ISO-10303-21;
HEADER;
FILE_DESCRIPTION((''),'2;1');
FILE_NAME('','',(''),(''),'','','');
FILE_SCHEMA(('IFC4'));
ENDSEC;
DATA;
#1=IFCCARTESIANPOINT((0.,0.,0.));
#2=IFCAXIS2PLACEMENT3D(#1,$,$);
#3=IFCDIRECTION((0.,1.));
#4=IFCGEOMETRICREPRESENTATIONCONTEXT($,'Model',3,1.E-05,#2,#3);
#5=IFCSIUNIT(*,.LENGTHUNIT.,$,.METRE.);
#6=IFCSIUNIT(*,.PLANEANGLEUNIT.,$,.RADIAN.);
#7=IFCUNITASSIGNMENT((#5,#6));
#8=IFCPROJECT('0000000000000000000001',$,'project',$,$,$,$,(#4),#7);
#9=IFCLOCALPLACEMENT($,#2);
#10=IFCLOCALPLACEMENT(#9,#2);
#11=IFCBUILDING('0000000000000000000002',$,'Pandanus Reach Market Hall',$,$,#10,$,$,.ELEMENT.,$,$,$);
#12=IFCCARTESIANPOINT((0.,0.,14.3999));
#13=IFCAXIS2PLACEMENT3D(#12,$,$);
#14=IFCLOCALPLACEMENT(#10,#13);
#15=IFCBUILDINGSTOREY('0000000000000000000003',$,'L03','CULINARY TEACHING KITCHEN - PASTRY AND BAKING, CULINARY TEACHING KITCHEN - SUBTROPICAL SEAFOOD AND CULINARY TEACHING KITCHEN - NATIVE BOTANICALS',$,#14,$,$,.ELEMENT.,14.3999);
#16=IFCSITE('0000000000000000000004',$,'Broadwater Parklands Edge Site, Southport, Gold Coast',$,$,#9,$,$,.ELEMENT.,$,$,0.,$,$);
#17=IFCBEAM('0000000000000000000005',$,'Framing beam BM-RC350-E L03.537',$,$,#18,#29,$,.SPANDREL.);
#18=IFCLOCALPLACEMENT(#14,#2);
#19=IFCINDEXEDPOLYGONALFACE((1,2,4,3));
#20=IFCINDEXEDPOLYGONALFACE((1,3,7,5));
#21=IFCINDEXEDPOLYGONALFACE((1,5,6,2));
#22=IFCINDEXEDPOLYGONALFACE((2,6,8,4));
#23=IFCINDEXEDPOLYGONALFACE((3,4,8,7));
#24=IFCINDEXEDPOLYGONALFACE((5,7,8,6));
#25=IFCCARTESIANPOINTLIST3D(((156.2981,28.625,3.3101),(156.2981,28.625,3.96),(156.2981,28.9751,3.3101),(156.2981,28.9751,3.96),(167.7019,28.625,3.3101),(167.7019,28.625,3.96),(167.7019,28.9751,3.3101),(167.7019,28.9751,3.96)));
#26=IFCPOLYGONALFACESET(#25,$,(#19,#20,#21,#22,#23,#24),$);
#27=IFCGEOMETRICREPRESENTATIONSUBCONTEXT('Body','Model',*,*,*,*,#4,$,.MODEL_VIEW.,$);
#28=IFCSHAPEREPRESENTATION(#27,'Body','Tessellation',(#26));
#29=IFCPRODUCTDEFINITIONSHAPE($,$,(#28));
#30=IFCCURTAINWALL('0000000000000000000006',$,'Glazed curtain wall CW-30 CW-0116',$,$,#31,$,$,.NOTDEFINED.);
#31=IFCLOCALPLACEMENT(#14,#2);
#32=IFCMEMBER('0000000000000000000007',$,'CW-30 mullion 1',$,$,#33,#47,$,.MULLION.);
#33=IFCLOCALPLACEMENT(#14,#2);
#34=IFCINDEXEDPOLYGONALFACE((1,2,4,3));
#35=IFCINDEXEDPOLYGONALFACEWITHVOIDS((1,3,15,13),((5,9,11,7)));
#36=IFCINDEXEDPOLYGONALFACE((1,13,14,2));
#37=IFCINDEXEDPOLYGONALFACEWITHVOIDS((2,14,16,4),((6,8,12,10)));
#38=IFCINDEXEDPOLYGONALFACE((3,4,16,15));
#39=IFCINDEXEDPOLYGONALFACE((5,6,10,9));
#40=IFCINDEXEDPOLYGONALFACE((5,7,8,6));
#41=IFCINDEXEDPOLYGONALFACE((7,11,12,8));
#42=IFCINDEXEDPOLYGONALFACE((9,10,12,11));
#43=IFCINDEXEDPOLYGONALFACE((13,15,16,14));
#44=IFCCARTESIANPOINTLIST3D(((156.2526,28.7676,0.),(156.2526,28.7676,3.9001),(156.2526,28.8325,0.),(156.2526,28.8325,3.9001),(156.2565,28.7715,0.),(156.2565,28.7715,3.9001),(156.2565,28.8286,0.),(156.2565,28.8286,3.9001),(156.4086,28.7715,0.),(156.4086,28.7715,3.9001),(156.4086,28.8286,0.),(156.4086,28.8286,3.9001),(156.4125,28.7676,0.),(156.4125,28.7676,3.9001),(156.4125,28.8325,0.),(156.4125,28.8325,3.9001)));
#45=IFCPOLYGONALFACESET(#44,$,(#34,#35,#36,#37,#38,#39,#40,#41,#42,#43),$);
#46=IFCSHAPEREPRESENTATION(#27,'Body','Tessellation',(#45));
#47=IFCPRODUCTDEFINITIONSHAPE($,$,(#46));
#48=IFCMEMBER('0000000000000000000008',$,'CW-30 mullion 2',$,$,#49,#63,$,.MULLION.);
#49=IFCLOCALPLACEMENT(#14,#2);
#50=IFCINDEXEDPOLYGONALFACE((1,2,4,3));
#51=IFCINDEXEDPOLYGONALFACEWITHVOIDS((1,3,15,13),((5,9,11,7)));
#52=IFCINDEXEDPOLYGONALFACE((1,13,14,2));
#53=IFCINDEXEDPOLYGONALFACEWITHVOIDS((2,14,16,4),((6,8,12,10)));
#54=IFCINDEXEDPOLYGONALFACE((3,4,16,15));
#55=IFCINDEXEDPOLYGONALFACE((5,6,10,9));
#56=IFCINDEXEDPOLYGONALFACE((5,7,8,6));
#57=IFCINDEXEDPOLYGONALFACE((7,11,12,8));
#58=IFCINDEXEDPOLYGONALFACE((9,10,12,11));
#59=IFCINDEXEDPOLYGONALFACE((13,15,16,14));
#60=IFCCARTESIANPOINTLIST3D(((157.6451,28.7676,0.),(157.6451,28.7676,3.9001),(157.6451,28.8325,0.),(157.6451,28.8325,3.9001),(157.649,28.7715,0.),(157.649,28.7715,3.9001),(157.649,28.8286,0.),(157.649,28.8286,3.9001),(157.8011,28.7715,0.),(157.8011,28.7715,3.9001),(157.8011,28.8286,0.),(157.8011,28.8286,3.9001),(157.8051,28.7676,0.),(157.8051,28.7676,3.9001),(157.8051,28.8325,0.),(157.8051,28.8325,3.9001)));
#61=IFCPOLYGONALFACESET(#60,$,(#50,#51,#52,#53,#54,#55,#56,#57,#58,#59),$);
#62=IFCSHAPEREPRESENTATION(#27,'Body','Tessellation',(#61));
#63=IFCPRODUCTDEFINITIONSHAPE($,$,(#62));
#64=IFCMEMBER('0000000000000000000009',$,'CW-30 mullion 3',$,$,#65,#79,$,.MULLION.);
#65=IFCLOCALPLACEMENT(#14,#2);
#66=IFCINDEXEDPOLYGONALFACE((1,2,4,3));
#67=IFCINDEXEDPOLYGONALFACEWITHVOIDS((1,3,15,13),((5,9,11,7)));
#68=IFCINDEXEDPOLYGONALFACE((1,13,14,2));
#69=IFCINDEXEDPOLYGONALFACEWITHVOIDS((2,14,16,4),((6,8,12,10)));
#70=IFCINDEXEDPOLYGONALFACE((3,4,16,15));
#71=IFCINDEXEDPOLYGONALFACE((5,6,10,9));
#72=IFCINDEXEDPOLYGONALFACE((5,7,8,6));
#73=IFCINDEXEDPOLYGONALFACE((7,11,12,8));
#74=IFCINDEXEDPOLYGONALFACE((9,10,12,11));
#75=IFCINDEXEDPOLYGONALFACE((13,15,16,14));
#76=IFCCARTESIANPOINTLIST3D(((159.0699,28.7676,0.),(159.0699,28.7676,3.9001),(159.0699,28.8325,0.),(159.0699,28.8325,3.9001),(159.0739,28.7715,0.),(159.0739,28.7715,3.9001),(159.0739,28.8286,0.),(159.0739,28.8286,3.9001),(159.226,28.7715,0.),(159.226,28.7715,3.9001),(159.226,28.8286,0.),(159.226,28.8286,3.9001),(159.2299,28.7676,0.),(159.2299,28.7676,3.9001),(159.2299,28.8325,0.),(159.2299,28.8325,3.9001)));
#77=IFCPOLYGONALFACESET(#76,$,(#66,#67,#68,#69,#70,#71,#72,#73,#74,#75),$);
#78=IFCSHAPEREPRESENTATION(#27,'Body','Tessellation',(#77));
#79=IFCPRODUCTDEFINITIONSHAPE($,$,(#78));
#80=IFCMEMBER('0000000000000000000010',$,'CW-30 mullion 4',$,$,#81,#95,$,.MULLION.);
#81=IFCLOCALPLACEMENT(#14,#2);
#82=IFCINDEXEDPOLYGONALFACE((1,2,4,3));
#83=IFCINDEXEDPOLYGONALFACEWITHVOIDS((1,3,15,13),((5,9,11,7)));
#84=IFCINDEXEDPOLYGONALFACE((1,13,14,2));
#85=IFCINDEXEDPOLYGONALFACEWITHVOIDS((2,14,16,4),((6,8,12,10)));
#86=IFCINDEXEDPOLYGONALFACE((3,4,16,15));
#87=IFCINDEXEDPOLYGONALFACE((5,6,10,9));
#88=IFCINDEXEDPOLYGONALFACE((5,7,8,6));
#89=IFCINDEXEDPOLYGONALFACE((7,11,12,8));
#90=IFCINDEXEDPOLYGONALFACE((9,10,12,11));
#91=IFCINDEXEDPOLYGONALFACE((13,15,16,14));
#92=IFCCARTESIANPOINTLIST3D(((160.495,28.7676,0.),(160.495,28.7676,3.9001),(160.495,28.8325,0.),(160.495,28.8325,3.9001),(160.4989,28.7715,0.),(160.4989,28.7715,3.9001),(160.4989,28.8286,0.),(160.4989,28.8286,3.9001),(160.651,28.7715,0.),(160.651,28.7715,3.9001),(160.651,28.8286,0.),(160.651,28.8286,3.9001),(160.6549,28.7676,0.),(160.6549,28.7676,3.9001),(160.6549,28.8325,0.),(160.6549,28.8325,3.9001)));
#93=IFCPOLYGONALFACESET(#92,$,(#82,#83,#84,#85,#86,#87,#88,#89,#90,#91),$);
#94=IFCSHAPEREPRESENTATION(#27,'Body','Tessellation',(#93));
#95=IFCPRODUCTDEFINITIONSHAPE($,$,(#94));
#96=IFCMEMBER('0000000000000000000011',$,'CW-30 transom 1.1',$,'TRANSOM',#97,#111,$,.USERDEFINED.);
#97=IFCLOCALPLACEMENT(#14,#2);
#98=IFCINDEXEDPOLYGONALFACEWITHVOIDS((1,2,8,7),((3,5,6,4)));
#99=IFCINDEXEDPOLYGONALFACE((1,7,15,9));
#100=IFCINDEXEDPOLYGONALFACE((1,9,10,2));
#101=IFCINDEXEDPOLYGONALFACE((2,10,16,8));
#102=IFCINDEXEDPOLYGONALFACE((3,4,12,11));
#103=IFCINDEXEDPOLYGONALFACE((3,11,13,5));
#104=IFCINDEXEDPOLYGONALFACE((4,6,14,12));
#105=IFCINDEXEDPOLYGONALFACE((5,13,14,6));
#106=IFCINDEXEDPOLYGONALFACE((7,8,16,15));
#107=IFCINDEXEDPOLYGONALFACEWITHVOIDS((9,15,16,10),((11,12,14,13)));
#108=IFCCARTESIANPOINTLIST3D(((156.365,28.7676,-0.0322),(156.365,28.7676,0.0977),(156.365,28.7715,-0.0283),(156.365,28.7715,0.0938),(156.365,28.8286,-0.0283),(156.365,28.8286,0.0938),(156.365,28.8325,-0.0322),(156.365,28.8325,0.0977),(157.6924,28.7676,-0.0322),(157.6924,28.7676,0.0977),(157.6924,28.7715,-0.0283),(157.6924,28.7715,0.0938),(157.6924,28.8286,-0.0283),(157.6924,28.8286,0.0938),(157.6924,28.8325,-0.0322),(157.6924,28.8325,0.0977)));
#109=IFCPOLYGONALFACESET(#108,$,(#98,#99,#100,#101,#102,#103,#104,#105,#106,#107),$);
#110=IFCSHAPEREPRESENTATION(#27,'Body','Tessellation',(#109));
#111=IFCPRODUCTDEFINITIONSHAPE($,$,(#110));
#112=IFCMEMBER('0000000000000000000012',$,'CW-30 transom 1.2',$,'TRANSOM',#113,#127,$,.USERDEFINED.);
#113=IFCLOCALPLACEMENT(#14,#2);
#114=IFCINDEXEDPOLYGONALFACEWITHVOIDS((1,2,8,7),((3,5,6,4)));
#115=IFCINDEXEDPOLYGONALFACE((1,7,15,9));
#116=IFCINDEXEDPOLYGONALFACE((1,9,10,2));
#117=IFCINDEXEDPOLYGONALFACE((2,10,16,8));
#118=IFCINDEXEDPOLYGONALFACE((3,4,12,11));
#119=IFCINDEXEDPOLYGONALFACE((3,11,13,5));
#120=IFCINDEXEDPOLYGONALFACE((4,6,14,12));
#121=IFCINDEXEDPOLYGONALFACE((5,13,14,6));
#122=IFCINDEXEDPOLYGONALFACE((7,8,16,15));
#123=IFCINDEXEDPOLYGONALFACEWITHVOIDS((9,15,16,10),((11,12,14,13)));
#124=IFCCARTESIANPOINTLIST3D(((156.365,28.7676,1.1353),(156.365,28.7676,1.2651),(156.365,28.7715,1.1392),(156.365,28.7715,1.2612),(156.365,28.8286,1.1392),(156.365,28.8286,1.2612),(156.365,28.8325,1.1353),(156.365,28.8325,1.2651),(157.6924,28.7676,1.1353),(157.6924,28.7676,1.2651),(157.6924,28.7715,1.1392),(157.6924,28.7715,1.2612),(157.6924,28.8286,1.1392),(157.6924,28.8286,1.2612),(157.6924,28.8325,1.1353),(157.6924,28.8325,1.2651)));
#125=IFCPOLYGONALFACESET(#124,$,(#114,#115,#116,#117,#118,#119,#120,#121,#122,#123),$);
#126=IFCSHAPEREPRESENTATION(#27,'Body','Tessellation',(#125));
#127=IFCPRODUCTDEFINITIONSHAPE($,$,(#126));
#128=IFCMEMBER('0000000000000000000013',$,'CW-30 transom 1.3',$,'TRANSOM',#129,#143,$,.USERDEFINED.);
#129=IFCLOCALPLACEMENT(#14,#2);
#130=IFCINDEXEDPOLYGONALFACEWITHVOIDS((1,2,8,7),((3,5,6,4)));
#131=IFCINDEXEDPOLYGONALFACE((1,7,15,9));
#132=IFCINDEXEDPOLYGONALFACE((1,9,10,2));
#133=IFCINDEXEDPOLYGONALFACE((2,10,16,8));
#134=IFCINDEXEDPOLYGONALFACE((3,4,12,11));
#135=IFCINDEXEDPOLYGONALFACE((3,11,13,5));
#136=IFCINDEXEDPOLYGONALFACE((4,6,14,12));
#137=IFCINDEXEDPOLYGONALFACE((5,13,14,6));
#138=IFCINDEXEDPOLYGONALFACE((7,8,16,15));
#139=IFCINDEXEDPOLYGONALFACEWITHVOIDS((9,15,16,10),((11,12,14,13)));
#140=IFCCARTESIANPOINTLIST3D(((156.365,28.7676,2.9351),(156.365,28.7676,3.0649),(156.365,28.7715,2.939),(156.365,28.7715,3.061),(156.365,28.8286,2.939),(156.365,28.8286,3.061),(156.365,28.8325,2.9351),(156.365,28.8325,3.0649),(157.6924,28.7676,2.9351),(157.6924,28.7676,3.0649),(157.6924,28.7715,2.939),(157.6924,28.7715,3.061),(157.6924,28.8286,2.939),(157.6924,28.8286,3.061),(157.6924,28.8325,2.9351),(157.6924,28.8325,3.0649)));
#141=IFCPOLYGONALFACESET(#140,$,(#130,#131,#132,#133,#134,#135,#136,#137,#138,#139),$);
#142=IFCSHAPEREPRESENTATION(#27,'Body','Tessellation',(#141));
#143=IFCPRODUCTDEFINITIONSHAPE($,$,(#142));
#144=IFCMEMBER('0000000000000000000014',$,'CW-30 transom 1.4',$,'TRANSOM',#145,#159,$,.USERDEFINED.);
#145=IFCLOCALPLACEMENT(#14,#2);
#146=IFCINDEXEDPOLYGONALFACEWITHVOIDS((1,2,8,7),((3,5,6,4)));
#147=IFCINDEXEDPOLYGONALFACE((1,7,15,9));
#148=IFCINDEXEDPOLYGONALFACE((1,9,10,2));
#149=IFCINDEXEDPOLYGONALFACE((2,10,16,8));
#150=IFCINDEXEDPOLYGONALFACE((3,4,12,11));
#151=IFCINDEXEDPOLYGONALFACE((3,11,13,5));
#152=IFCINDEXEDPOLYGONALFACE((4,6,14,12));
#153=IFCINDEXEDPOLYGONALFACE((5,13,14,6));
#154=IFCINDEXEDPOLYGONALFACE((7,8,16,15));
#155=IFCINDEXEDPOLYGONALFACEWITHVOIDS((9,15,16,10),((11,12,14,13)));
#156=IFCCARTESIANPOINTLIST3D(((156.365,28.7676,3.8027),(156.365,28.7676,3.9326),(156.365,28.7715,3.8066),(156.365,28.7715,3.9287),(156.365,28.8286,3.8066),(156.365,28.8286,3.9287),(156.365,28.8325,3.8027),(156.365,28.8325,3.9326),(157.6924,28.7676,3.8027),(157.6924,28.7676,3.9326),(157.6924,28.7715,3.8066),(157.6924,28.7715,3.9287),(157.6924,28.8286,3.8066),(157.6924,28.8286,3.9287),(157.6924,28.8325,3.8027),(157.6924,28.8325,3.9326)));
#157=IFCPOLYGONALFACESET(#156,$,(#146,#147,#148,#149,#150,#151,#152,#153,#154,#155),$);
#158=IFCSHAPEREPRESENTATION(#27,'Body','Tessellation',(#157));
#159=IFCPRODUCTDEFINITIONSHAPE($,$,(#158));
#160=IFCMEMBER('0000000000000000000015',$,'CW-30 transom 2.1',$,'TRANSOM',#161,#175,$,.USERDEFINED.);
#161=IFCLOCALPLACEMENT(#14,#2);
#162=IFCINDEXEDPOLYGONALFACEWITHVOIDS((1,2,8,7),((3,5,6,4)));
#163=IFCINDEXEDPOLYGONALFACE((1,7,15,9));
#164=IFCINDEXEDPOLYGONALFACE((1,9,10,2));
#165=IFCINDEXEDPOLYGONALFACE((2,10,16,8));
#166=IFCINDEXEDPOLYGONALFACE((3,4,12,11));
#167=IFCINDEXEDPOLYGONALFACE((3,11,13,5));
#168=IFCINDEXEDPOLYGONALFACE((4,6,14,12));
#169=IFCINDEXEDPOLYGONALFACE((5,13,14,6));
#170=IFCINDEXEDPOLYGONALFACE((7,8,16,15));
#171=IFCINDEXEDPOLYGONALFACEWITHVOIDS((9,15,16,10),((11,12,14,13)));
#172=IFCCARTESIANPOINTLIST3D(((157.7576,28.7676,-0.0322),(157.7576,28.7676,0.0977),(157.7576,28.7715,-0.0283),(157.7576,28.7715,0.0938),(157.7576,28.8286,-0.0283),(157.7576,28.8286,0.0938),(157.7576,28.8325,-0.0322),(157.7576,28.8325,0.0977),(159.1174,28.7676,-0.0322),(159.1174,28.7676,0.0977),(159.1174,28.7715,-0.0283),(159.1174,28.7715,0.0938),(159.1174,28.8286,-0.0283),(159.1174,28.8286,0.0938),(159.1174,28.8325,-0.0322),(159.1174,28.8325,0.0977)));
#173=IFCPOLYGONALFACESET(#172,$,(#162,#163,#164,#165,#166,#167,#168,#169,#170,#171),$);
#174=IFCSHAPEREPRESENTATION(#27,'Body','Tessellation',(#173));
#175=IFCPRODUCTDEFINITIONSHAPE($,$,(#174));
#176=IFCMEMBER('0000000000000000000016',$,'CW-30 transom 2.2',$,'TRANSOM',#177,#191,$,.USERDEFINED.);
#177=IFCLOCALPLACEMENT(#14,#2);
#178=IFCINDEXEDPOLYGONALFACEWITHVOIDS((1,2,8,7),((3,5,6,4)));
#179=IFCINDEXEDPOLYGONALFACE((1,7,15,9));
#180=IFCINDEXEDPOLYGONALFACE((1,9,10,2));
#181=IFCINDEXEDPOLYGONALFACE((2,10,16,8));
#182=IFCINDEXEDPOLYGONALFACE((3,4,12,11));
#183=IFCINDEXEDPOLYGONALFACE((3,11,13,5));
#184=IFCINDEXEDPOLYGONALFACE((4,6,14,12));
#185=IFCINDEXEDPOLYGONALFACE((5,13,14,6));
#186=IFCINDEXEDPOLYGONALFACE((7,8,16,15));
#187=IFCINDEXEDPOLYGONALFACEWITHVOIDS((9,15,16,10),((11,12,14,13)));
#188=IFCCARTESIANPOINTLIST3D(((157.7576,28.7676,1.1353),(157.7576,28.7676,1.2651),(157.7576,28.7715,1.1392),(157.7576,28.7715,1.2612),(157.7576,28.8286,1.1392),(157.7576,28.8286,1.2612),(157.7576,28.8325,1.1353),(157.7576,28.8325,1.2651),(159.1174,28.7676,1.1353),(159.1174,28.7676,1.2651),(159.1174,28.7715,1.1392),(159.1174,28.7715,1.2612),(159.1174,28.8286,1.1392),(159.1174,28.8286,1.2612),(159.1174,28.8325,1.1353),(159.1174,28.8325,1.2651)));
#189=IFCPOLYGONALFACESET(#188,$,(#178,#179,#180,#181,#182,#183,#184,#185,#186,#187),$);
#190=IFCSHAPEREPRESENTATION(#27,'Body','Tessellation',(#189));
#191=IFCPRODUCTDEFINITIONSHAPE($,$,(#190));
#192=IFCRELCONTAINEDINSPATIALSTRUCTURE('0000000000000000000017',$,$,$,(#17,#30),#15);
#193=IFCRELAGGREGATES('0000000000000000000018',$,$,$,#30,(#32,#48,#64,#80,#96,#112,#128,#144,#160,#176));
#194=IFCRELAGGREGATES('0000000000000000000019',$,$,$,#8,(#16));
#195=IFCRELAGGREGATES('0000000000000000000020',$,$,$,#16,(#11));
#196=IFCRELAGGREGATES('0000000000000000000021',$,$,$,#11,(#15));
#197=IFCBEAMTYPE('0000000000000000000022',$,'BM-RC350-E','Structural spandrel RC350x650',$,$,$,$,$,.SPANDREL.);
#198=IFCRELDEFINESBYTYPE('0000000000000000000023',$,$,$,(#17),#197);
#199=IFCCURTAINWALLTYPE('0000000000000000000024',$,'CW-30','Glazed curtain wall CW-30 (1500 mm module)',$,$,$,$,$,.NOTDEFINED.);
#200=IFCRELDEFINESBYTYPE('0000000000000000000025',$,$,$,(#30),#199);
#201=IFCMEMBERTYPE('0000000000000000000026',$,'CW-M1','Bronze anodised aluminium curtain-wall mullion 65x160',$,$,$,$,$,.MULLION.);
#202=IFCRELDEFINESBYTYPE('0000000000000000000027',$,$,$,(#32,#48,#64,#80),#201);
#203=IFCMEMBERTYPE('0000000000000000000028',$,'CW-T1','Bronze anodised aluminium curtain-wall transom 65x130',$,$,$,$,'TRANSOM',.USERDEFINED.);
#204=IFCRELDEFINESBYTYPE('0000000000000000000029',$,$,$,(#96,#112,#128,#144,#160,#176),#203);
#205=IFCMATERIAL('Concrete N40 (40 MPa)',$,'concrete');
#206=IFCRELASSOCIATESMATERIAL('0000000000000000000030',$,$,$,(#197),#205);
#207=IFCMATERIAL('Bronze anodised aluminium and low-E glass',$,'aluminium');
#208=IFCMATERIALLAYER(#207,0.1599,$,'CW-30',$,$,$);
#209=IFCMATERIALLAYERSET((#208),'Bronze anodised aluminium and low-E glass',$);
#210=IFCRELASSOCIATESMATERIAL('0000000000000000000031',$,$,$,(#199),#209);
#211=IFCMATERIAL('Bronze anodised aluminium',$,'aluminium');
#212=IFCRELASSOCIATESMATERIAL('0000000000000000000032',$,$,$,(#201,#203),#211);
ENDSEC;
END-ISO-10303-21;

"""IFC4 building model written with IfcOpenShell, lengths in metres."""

from ifc_helpers import new_model, si_unit, direction, frame, origin, origin_2d, place, context, subcontext, project, spatial, rectangle, hollow_rectangle, extrude, material, layer, layer_set, material_profile, profile_set, type_object, element, aggregate, save


model = new_model("IFC4")

# Units and contexts
model_context = context("Model", 3, precision=1e-05, world=origin(), true_north=direction((0.0, 1.0)))
body_context = subcontext(model_context, "Body", "Model", "MODEL_VIEW")
ifc_project = project(units=[si_unit("LENGTHUNIT", "METRE"), si_unit("PLANEANGLEUNIT", "RADIAN")], contexts=[model_context])

# Site, building, storey
site_placement = place(None, origin())
site = spatial("IfcSite", under=ifc_project, at=site_placement, Name="Broadwater Parklands Edge Site, Southport, Gold Coast", CompositionType="ELEMENT", RefElevation=0.0)
building_placement = place(site_placement, origin())
building = spatial("IfcBuilding", under=site, at=building_placement, Name="Pandanus Reach Market Hall", CompositionType="ELEMENT")
storey_placement = place(building_placement, frame((0.0, 0.0, 14.3999)))
storey = spatial("IfcBuildingStorey", under=building, at=storey_placement, Name="L03", Description="CULINARY TEACHING KITCHEN - PASTRY AND BAKING, CULINARY TEACHING KITCHEN - SUBTROPICAL SEAFOOD AND CULINARY TEACHING KITCHEN - NATIVE BOTANICALS", CompositionType="ELEMENT", Elevation=14.3999)

# Beam
ifc_material_1 = material(Name="Concrete N40 (40 MPa)", Category="concrete")
ifc_material_profile_1 = material_profile(ifc_material_1, rectangle(XDim=0.3501, YDim=0.6499, at=origin_2d()), Name="RC350x650", Category="LoadBearing")
ifc_profile_set_1 = profile_set([ifc_material_profile_1], Name="Concrete N40 (40 MPa)")
beam_type = type_object("IfcBeamType", Name="BM-RC350-E", Description="Structural spandrel RC350x650", PredefinedType="SPANDREL", material=ifc_profile_set_1)
beam_placement = place(storey_placement, frame((156.2981, 28.8, 3.635), z_axis=(1.0, 0.0, 0.0), x_axis=(0.0, 1.0, 0.0)))
element("IfcBeam", 1, at=beam_placement, inside=storey, type_object=beam_type, Name="Framing beam BM-RC350-E L03.537", PredefinedType="SPANDREL", context=body_context, shape_type="SweptSolid", body=[
    extrude(rectangle(XDim=0.3501, YDim=0.6499, at=origin_2d()), origin(), (0.0, 0.0, 1.0), 11.4038),
])

# Curtain wall, members
ifc_material_2 = material(Name="Bronze anodised aluminium and low-E glass", Category="aluminium")
ifc_layer_1 = layer(ifc_material_2, 0.1599, Name="CW-30")
ifc_layer_set_1 = layer_set([ifc_layer_1], Name="Bronze anodised aluminium and low-E glass")
curtain_wall_type = type_object("IfcCurtainWallType", Name="CW-30", Description="Glazed curtain wall CW-30 (1500 mm module)", PredefinedType="NOTDEFINED", material=ifc_layer_set_1)
curtain_wall_placement = place(storey_placement, origin())
curtain_wall = element("IfcCurtainWall", 2, at=curtain_wall_placement, inside=storey, type_object=curtain_wall_type, Name="Glazed curtain wall CW-30 CW-0116", PredefinedType="NOTDEFINED")
ifc_material_3 = material(Name="Bronze anodised aluminium", Category="aluminium")
ifc_material_profile_2 = material_profile(ifc_material_3, hollow_rectangle(XDim=0.0649, YDim=0.1599, WallThickness=0.0039, at=origin_2d()), Name="ALU65x160", Category="LoadBearing")
ifc_profile_set_2 = profile_set([ifc_material_profile_2], Name="Bronze anodised aluminium")
member_type_1 = type_object("IfcMemberType", Name="CW-M1", Description="Bronze anodised aluminium curtain-wall mullion 65x160", PredefinedType="MULLION", material=ifc_profile_set_2)
member_1_placement = place(storey_placement, frame((156.3325, 28.8, 0.0), z_axis=(0.0, 0.0, 1.0), x_axis=(0.0, 1.0, 0.0)))
member_1 = element("IfcMember", 3, at=member_1_placement, type_object=member_type_1, Name="CW-30 mullion 1", PredefinedType="MULLION", context=body_context, shape_type="SweptSolid", body=[
    extrude(hollow_rectangle(XDim=0.0649, YDim=0.1599, WallThickness=0.0039, at=origin_2d()), origin(), (0.0, 0.0, 1.0), 3.9001),
])
member_2_placement = place(storey_placement, frame((157.7251, 28.8, 0.0), z_axis=(0.0, 0.0, 1.0), x_axis=(0.0, 1.0, 0.0)))
member_2 = element("IfcMember", 4, at=member_2_placement, type_object=member_type_1, Name="CW-30 mullion 2", PredefinedType="MULLION", context=body_context, shape_type="SweptSolid", body=[
    extrude(hollow_rectangle(XDim=0.0649, YDim=0.1599, WallThickness=0.0039, at=origin_2d()), origin(), (0.0, 0.0, 1.0), 3.9001),
])
member_3_placement = place(storey_placement, frame((159.1499, 28.8, 0.0), z_axis=(0.0, 0.0, 1.0), x_axis=(0.0, 1.0, 0.0)))
member_3 = element("IfcMember", 5, at=member_3_placement, type_object=member_type_1, Name="CW-30 mullion 3", PredefinedType="MULLION", context=body_context, shape_type="SweptSolid", body=[
    extrude(hollow_rectangle(XDim=0.0649, YDim=0.1599, WallThickness=0.0039, at=origin_2d()), origin(), (0.0, 0.0, 1.0), 3.9001),
])
member_4_placement = place(storey_placement, frame((160.575, 28.8, 0.0), z_axis=(0.0, 0.0, 1.0), x_axis=(0.0, 1.0, 0.0)))
member_4 = element("IfcMember", 6, at=member_4_placement, type_object=member_type_1, Name="CW-30 mullion 4", PredefinedType="MULLION", context=body_context, shape_type="SweptSolid", body=[
    extrude(hollow_rectangle(XDim=0.0649, YDim=0.1599, WallThickness=0.0039, at=origin_2d()), origin(), (0.0, 0.0, 1.0), 3.9001),
])
ifc_material_profile_3 = material_profile(ifc_material_3, hollow_rectangle(XDim=0.0649, YDim=0.1299, WallThickness=0.0039, at=origin_2d()), Name="ALU65x130", Category="LoadBearing")
ifc_profile_set_3 = profile_set([ifc_material_profile_3], Name="Bronze anodised aluminium")
member_type_2 = type_object("IfcMemberType", Name="CW-T1", Description="Bronze anodised aluminium curtain-wall transom 65x130", ElementType="TRANSOM", PredefinedType="USERDEFINED", material=ifc_profile_set_3)
member_5_placement = place(storey_placement, frame((156.365, 28.8, 0.0327), z_axis=(1.0, 0.0, 0.0), x_axis=(0.0, 1.0, 0.0)))
member_5 = element("IfcMember", 7, at=member_5_placement, type_object=member_type_2, Name="CW-30 transom 1.1", ObjectType="TRANSOM", PredefinedType="USERDEFINED", context=body_context, shape_type="SweptSolid", body=[
    extrude(hollow_rectangle(XDim=0.0649, YDim=0.1299, WallThickness=0.0039, at=origin_2d()), origin(), (0.0, 0.0, 1.0), 1.3274),
])
member_6_placement = place(storey_placement, frame((156.365, 28.8, 1.2002), z_axis=(1.0, 0.0, 0.0), x_axis=(0.0, 1.0, 0.0)))
member_6 = element("IfcMember", 8, at=member_6_placement, type_object=member_type_2, Name="CW-30 transom 1.2", ObjectType="TRANSOM", PredefinedType="USERDEFINED", context=body_context, shape_type="SweptSolid", body=[
    extrude(hollow_rectangle(XDim=0.0649, YDim=0.1299, WallThickness=0.0039, at=origin_2d()), origin(), (0.0, 0.0, 1.0), 1.3274),
])
member_7_placement = place(storey_placement, frame((156.365, 28.8, 3.0), z_axis=(1.0, 0.0, 0.0), x_axis=(0.0, 1.0, 0.0)))
member_7 = element("IfcMember", 9, at=member_7_placement, type_object=member_type_2, Name="CW-30 transom 1.3", ObjectType="TRANSOM", PredefinedType="USERDEFINED", context=body_context, shape_type="SweptSolid", body=[
    extrude(hollow_rectangle(XDim=0.0649, YDim=0.1299, WallThickness=0.0039, at=origin_2d()), origin(), (0.0, 0.0, 1.0), 1.3274),
])
member_8_placement = place(storey_placement, frame((156.365, 28.8, 3.8677), z_axis=(1.0, 0.0, 0.0), x_axis=(0.0, 1.0, 0.0)))
member_8 = element("IfcMember", 10, at=member_8_placement, type_object=member_type_2, Name="CW-30 transom 1.4", ObjectType="TRANSOM", PredefinedType="USERDEFINED", context=body_context, shape_type="SweptSolid", body=[
    extrude(hollow_rectangle(XDim=0.0649, YDim=0.1299, WallThickness=0.0039, at=origin_2d()), origin(), (0.0, 0.0, 1.0), 1.3274),
])
member_9_placement = place(storey_placement, frame((157.7576, 28.8, 0.0327), z_axis=(1.0, 0.0, 0.0), x_axis=(0.0, 1.0, 0.0)))
member_9 = element("IfcMember", 11, at=member_9_placement, type_object=member_type_2, Name="CW-30 transom 2.1", ObjectType="TRANSOM", PredefinedType="USERDEFINED", context=body_context, shape_type="SweptSolid", body=[
    extrude(hollow_rectangle(XDim=0.0649, YDim=0.1299, WallThickness=0.0039, at=origin_2d()), origin(), (0.0, 0.0, 1.0), 1.3599),
])
member_10_placement = place(storey_placement, frame((157.7576, 28.8, 1.2002), z_axis=(1.0, 0.0, 0.0), x_axis=(0.0, 1.0, 0.0)))
member_10 = element("IfcMember", 12, at=member_10_placement, type_object=member_type_2, Name="CW-30 transom 2.2", ObjectType="TRANSOM", PredefinedType="USERDEFINED", context=body_context, shape_type="SweptSolid", body=[
    extrude(hollow_rectangle(XDim=0.0649, YDim=0.1299, WallThickness=0.0039, at=origin_2d()), origin(), (0.0, 0.0, 1.0), 1.3599),
])
aggregate(curtain_wall, [member_1, member_2, member_3, member_4, member_5, member_6, member_7, member_8, member_9, member_10])

save(model, "model.ifc")
